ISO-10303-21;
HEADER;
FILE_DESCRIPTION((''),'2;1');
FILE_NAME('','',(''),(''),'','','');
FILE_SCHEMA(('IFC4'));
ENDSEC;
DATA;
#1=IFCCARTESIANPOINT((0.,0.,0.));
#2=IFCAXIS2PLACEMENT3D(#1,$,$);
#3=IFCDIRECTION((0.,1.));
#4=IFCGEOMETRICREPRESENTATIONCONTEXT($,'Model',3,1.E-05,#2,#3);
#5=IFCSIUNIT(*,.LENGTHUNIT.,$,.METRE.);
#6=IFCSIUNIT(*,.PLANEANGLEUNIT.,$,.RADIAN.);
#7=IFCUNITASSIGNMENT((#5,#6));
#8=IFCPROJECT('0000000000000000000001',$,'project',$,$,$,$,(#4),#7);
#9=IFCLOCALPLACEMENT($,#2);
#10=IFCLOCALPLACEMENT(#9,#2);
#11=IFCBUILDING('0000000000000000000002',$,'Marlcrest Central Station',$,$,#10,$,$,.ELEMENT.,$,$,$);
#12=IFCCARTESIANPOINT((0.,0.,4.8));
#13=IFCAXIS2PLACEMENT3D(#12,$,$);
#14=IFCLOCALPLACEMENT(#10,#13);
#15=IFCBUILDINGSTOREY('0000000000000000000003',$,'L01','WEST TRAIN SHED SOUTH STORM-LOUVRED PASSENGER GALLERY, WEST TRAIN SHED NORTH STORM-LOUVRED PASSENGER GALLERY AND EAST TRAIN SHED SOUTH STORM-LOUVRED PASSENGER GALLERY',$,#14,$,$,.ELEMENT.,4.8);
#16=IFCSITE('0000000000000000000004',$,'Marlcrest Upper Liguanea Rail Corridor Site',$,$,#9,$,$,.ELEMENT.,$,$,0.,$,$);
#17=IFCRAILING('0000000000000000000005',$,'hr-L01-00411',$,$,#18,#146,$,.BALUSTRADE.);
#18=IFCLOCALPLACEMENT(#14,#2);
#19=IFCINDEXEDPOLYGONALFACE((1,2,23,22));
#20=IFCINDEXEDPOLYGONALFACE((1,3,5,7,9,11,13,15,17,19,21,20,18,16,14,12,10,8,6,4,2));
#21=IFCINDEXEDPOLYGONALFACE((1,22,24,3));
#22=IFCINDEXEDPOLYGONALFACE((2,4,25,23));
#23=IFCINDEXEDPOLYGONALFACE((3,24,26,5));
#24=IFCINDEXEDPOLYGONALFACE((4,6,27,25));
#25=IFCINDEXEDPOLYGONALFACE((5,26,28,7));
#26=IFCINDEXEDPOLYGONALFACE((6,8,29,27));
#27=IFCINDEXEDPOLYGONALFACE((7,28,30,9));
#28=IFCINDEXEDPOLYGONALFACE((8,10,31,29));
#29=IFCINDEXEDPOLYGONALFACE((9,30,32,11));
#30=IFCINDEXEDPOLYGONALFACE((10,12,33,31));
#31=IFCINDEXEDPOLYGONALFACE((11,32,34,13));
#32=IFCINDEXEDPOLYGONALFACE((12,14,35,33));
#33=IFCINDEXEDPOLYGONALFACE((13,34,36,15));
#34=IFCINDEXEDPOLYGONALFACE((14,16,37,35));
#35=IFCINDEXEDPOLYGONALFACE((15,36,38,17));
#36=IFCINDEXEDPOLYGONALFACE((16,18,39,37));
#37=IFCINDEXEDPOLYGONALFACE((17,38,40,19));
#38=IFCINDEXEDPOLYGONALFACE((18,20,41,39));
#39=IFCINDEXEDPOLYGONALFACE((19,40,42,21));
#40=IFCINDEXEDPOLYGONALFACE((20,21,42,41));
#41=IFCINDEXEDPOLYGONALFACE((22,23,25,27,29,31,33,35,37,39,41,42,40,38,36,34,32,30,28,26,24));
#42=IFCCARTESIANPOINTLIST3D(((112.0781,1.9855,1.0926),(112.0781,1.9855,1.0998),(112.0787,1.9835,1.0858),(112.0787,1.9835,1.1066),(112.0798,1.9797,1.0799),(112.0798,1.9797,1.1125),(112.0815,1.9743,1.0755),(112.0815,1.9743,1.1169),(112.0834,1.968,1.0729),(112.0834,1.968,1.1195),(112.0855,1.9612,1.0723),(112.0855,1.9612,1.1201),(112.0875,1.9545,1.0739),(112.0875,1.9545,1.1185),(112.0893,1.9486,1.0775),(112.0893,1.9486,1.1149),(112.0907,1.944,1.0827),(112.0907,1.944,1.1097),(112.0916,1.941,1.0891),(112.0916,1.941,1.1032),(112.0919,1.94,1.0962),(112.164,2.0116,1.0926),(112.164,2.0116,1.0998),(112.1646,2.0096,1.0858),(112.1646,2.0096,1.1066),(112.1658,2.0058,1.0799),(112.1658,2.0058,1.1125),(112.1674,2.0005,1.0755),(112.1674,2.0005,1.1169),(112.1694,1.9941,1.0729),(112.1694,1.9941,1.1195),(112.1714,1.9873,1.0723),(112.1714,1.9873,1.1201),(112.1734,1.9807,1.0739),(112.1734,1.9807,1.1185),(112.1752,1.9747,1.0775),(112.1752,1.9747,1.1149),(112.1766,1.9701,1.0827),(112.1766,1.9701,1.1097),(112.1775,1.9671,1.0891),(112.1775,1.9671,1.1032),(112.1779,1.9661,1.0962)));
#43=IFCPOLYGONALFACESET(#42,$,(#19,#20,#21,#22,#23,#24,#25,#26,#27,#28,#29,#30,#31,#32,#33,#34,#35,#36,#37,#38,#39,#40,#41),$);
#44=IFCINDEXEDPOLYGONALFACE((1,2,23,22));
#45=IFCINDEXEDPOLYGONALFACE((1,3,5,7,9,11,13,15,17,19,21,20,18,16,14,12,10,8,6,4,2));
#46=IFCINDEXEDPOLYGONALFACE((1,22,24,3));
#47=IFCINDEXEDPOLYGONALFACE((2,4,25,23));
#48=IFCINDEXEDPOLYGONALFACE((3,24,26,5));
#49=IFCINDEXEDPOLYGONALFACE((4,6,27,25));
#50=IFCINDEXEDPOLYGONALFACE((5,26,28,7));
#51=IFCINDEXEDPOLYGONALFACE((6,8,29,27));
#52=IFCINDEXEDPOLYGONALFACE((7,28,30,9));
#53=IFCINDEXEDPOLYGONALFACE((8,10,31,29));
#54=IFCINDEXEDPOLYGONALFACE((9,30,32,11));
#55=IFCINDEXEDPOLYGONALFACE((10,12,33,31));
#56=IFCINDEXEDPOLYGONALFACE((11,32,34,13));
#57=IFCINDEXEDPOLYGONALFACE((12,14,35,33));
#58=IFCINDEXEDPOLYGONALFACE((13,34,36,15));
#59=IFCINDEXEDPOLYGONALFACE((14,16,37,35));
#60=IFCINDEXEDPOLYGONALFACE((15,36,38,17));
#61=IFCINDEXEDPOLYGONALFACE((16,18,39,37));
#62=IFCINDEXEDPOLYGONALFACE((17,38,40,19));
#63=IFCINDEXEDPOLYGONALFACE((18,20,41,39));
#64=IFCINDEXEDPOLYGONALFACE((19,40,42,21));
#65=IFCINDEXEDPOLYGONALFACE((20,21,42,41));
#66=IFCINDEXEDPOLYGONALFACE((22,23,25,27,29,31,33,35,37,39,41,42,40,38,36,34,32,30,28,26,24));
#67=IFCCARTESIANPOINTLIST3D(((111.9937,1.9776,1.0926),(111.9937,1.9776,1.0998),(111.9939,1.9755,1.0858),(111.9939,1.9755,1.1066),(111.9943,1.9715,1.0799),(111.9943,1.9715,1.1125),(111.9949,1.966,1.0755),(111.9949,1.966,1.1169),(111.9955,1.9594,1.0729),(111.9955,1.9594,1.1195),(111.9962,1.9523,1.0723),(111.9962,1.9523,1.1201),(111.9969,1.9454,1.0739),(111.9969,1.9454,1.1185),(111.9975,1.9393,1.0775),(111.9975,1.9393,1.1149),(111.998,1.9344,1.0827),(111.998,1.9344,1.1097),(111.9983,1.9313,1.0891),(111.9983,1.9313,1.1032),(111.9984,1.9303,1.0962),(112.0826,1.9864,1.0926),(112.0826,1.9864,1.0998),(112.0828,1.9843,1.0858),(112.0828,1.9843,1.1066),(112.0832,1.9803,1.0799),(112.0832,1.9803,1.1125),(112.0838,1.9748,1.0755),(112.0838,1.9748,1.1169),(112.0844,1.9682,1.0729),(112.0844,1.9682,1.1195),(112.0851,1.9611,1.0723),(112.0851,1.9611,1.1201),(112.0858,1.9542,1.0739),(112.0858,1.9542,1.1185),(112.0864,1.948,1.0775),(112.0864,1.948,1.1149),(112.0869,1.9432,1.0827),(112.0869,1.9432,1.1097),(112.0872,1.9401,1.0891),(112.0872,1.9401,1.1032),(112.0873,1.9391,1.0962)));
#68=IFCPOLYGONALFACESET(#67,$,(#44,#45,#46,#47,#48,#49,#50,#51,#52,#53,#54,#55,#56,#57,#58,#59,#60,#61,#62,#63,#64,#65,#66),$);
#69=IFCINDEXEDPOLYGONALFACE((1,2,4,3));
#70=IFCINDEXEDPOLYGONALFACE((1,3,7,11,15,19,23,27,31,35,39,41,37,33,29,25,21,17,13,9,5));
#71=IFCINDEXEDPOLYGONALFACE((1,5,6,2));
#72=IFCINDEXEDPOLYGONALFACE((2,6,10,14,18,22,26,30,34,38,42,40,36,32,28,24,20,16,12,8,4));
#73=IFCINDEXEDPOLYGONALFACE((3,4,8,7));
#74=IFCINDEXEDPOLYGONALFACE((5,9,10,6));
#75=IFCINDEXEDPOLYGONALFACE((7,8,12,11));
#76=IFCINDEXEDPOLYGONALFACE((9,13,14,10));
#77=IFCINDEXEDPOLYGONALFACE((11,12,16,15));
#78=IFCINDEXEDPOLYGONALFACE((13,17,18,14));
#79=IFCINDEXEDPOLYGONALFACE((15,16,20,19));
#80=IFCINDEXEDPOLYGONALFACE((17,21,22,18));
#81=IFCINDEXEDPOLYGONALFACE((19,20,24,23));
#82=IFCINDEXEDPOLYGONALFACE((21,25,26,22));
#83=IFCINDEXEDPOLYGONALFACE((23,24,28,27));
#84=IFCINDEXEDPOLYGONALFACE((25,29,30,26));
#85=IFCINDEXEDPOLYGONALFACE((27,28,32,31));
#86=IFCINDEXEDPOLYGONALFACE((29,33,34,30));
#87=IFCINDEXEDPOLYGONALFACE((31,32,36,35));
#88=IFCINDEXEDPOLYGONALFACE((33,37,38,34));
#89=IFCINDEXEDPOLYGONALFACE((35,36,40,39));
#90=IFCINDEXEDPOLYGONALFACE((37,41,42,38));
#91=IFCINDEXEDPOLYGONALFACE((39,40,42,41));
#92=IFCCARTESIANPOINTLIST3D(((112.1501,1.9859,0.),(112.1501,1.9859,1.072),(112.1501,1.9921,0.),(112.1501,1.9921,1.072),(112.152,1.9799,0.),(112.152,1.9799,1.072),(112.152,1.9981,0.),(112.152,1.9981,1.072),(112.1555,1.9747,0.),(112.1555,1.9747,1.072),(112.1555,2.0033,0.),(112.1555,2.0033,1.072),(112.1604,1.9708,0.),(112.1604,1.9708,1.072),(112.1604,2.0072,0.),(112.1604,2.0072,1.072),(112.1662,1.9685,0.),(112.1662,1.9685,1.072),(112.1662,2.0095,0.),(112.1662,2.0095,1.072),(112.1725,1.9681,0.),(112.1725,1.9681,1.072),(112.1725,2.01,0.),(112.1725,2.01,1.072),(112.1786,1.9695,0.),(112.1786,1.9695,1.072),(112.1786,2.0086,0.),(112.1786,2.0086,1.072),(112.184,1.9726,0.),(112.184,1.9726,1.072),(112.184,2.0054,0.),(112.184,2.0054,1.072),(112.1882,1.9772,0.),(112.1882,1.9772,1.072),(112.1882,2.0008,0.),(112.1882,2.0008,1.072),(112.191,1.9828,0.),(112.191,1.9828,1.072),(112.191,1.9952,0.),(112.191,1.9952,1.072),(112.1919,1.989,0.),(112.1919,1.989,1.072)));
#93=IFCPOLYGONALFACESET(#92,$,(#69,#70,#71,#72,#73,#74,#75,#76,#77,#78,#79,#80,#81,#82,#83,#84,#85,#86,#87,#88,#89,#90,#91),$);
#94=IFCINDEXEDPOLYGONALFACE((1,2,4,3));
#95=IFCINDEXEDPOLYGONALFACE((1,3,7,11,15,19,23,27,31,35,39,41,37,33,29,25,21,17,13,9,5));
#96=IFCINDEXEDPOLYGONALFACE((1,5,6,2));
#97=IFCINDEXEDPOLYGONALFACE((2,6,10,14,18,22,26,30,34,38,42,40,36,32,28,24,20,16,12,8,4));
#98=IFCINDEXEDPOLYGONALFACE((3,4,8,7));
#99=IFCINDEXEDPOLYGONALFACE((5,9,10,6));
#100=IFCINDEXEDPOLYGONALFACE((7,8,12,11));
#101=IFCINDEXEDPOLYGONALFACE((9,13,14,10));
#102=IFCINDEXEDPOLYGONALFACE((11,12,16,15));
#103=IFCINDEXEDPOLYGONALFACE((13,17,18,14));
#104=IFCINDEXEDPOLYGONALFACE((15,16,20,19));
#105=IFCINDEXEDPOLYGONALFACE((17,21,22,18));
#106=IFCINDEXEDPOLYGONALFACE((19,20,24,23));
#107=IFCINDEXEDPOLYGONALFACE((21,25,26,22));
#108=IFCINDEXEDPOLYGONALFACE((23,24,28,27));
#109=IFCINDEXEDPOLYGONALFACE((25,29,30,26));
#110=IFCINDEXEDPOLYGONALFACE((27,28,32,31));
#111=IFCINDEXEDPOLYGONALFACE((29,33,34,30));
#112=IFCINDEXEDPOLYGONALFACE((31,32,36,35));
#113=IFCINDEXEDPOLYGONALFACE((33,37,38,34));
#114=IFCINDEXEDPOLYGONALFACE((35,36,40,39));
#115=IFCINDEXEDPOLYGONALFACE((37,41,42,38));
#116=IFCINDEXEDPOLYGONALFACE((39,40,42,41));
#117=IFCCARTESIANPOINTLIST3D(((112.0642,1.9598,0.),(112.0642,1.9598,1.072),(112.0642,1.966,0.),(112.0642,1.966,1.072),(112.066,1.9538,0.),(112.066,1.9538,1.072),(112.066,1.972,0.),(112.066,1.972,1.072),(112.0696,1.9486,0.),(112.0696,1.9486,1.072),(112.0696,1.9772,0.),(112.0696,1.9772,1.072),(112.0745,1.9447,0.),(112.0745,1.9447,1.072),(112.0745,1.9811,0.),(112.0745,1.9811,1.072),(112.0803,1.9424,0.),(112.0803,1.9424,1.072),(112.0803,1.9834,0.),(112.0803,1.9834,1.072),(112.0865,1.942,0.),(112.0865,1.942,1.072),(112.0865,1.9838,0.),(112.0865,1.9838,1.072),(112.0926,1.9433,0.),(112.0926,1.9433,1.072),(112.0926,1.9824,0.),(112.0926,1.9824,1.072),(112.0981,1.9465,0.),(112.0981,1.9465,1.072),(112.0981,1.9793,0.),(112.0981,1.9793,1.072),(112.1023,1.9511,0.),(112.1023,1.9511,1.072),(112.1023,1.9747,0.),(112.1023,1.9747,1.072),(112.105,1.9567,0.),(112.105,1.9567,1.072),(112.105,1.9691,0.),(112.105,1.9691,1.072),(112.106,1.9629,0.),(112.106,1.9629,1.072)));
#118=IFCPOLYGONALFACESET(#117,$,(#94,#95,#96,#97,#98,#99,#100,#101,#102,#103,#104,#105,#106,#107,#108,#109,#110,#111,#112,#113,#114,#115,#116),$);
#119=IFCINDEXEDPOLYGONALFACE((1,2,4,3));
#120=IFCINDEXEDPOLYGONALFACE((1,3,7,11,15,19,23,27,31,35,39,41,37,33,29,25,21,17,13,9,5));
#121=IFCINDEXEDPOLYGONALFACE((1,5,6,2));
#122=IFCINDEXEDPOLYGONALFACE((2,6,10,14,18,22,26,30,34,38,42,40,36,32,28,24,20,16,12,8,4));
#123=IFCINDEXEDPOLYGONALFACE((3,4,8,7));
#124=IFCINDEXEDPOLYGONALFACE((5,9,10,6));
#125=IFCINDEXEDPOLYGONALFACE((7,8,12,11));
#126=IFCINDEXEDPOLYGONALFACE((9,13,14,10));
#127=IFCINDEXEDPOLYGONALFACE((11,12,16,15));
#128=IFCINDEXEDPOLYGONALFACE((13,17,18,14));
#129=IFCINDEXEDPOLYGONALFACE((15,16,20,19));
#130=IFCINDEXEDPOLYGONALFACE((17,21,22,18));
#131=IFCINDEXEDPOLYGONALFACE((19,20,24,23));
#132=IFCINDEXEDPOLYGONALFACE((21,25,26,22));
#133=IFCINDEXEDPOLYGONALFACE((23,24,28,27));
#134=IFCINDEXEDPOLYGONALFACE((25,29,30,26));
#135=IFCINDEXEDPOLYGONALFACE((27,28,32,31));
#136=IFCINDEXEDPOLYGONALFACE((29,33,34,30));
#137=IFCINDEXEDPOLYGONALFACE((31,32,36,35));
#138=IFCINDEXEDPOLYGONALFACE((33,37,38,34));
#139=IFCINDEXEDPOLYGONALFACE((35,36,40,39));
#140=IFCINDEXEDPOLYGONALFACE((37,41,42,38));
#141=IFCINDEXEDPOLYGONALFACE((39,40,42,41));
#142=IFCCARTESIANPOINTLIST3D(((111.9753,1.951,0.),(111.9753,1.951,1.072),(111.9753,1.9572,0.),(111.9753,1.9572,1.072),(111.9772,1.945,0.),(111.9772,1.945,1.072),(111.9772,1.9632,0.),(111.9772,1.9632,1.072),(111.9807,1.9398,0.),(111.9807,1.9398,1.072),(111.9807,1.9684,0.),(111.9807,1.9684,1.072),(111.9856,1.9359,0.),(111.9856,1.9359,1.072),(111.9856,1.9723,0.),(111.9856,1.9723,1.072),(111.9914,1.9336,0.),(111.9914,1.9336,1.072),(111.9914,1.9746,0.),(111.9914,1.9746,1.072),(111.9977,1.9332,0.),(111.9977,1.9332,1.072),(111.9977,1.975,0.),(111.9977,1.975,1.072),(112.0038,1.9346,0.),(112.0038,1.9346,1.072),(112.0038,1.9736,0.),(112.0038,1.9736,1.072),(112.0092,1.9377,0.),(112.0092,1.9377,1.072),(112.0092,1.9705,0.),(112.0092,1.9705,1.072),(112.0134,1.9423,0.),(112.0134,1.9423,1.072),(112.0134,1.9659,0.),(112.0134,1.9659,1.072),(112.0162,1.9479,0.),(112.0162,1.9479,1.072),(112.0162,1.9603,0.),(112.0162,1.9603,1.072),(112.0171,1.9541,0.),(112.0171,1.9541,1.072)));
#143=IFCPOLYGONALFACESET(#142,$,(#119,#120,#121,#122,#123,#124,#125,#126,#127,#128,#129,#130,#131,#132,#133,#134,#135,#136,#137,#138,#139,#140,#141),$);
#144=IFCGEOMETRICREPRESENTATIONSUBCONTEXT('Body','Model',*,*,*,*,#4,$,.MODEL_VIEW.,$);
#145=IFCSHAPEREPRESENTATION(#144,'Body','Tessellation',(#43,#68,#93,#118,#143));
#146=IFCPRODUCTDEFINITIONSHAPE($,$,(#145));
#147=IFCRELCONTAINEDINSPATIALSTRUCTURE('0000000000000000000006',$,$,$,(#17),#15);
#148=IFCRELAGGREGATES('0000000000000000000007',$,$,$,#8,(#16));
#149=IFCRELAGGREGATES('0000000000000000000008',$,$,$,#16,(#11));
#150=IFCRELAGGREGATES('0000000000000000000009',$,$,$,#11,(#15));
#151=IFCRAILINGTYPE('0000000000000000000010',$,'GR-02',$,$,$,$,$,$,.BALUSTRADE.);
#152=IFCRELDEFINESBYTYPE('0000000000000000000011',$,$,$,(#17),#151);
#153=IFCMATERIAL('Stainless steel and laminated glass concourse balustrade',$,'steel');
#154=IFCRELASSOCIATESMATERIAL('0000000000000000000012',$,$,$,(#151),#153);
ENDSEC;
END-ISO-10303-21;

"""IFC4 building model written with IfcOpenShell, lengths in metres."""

from ifc_helpers import new_model, si_unit, direction, frame, origin, origin_2d, place, context, subcontext, project, spatial, circle, extrude, material, type_object, element, save


model = new_model("IFC4")

# Units and contexts
model_context = context("Model", 3, precision=1e-05, world=origin(), true_north=direction((0.0, 1.0)))
body_context = subcontext(model_context, "Body", "Model", "MODEL_VIEW")
ifc_project = project(units=[si_unit("LENGTHUNIT", "METRE"), si_unit("PLANEANGLEUNIT", "RADIAN")], contexts=[model_context])

# Site, building, storey
site_placement = place(None, origin())
site = spatial("IfcSite", under=ifc_project, at=site_placement, Name="Marlcrest Upper Liguanea Rail Corridor Site", CompositionType="ELEMENT", RefElevation=0.0)
building_placement = place(site_placement, origin())
building = spatial("IfcBuilding", under=site, at=building_placement, Name="Marlcrest Central Station", CompositionType="ELEMENT")
storey_placement = place(building_placement, frame((0.0, 0.0, 4.8)))
storey = spatial("IfcBuildingStorey", under=building, at=storey_placement, Name="L01", Description="WEST TRAIN SHED SOUTH STORM-LOUVRED PASSENGER GALLERY, WEST TRAIN SHED NORTH STORM-LOUVRED PASSENGER GALLERY AND EAST TRAIN SHED SOUTH STORM-LOUVRED PASSENGER GALLERY", CompositionType="ELEMENT", Elevation=4.8)

# Railing
ifc_material_1 = material(Name="Stainless steel and laminated glass concourse balustrade", Category="steel")
railing_type = type_object("IfcRailingType", Name="GR-02", PredefinedType="BALUSTRADE", material=ifc_material_1)
railing_1_placement = place(storey_placement, frame((112.1709, 1.989, 0.0)))
element("IfcRailing", 1, at=railing_1_placement, inside=storey, type_object=railing_type, Name="hr-L01-00411", PredefinedType="BALUSTRADE", context=body_context, shape_type="SweptSolid", body=[
    extrude(circle(Radius=0.0239, at=origin_2d()), frame((0.0, 0.0, 1.0962), z_axis=(-0.956773, -0.290837, 0.0), x_axis=(0.290837, -0.956773, 0.0)), (0.0, 0.0, 1.0), 0.0898),
    extrude(circle(Radius=0.0239, at=origin_2d()), frame((-0.0859, -0.0261, 1.0962), z_axis=(-0.995145, -0.098421, 0.0), x_axis=(0.098421, -0.995145, 0.0)), (0.0, 0.0, 1.0), 0.0894),
    extrude(circle(Radius=0.021, at=origin_2d()), origin(), (0.0, 0.0, 1.0), 1.072),
    extrude(circle(Radius=0.021, at=origin_2d()), frame((-0.0859, -0.0261, 0.0)), (0.0, 0.0, 1.0), 1.072),
    extrude(circle(Radius=0.021, at=origin_2d()), frame((-0.1748, -0.0349, 0.0)), (0.0, 0.0, 1.0), 1.072),
])

save(model, "model.ifc")
